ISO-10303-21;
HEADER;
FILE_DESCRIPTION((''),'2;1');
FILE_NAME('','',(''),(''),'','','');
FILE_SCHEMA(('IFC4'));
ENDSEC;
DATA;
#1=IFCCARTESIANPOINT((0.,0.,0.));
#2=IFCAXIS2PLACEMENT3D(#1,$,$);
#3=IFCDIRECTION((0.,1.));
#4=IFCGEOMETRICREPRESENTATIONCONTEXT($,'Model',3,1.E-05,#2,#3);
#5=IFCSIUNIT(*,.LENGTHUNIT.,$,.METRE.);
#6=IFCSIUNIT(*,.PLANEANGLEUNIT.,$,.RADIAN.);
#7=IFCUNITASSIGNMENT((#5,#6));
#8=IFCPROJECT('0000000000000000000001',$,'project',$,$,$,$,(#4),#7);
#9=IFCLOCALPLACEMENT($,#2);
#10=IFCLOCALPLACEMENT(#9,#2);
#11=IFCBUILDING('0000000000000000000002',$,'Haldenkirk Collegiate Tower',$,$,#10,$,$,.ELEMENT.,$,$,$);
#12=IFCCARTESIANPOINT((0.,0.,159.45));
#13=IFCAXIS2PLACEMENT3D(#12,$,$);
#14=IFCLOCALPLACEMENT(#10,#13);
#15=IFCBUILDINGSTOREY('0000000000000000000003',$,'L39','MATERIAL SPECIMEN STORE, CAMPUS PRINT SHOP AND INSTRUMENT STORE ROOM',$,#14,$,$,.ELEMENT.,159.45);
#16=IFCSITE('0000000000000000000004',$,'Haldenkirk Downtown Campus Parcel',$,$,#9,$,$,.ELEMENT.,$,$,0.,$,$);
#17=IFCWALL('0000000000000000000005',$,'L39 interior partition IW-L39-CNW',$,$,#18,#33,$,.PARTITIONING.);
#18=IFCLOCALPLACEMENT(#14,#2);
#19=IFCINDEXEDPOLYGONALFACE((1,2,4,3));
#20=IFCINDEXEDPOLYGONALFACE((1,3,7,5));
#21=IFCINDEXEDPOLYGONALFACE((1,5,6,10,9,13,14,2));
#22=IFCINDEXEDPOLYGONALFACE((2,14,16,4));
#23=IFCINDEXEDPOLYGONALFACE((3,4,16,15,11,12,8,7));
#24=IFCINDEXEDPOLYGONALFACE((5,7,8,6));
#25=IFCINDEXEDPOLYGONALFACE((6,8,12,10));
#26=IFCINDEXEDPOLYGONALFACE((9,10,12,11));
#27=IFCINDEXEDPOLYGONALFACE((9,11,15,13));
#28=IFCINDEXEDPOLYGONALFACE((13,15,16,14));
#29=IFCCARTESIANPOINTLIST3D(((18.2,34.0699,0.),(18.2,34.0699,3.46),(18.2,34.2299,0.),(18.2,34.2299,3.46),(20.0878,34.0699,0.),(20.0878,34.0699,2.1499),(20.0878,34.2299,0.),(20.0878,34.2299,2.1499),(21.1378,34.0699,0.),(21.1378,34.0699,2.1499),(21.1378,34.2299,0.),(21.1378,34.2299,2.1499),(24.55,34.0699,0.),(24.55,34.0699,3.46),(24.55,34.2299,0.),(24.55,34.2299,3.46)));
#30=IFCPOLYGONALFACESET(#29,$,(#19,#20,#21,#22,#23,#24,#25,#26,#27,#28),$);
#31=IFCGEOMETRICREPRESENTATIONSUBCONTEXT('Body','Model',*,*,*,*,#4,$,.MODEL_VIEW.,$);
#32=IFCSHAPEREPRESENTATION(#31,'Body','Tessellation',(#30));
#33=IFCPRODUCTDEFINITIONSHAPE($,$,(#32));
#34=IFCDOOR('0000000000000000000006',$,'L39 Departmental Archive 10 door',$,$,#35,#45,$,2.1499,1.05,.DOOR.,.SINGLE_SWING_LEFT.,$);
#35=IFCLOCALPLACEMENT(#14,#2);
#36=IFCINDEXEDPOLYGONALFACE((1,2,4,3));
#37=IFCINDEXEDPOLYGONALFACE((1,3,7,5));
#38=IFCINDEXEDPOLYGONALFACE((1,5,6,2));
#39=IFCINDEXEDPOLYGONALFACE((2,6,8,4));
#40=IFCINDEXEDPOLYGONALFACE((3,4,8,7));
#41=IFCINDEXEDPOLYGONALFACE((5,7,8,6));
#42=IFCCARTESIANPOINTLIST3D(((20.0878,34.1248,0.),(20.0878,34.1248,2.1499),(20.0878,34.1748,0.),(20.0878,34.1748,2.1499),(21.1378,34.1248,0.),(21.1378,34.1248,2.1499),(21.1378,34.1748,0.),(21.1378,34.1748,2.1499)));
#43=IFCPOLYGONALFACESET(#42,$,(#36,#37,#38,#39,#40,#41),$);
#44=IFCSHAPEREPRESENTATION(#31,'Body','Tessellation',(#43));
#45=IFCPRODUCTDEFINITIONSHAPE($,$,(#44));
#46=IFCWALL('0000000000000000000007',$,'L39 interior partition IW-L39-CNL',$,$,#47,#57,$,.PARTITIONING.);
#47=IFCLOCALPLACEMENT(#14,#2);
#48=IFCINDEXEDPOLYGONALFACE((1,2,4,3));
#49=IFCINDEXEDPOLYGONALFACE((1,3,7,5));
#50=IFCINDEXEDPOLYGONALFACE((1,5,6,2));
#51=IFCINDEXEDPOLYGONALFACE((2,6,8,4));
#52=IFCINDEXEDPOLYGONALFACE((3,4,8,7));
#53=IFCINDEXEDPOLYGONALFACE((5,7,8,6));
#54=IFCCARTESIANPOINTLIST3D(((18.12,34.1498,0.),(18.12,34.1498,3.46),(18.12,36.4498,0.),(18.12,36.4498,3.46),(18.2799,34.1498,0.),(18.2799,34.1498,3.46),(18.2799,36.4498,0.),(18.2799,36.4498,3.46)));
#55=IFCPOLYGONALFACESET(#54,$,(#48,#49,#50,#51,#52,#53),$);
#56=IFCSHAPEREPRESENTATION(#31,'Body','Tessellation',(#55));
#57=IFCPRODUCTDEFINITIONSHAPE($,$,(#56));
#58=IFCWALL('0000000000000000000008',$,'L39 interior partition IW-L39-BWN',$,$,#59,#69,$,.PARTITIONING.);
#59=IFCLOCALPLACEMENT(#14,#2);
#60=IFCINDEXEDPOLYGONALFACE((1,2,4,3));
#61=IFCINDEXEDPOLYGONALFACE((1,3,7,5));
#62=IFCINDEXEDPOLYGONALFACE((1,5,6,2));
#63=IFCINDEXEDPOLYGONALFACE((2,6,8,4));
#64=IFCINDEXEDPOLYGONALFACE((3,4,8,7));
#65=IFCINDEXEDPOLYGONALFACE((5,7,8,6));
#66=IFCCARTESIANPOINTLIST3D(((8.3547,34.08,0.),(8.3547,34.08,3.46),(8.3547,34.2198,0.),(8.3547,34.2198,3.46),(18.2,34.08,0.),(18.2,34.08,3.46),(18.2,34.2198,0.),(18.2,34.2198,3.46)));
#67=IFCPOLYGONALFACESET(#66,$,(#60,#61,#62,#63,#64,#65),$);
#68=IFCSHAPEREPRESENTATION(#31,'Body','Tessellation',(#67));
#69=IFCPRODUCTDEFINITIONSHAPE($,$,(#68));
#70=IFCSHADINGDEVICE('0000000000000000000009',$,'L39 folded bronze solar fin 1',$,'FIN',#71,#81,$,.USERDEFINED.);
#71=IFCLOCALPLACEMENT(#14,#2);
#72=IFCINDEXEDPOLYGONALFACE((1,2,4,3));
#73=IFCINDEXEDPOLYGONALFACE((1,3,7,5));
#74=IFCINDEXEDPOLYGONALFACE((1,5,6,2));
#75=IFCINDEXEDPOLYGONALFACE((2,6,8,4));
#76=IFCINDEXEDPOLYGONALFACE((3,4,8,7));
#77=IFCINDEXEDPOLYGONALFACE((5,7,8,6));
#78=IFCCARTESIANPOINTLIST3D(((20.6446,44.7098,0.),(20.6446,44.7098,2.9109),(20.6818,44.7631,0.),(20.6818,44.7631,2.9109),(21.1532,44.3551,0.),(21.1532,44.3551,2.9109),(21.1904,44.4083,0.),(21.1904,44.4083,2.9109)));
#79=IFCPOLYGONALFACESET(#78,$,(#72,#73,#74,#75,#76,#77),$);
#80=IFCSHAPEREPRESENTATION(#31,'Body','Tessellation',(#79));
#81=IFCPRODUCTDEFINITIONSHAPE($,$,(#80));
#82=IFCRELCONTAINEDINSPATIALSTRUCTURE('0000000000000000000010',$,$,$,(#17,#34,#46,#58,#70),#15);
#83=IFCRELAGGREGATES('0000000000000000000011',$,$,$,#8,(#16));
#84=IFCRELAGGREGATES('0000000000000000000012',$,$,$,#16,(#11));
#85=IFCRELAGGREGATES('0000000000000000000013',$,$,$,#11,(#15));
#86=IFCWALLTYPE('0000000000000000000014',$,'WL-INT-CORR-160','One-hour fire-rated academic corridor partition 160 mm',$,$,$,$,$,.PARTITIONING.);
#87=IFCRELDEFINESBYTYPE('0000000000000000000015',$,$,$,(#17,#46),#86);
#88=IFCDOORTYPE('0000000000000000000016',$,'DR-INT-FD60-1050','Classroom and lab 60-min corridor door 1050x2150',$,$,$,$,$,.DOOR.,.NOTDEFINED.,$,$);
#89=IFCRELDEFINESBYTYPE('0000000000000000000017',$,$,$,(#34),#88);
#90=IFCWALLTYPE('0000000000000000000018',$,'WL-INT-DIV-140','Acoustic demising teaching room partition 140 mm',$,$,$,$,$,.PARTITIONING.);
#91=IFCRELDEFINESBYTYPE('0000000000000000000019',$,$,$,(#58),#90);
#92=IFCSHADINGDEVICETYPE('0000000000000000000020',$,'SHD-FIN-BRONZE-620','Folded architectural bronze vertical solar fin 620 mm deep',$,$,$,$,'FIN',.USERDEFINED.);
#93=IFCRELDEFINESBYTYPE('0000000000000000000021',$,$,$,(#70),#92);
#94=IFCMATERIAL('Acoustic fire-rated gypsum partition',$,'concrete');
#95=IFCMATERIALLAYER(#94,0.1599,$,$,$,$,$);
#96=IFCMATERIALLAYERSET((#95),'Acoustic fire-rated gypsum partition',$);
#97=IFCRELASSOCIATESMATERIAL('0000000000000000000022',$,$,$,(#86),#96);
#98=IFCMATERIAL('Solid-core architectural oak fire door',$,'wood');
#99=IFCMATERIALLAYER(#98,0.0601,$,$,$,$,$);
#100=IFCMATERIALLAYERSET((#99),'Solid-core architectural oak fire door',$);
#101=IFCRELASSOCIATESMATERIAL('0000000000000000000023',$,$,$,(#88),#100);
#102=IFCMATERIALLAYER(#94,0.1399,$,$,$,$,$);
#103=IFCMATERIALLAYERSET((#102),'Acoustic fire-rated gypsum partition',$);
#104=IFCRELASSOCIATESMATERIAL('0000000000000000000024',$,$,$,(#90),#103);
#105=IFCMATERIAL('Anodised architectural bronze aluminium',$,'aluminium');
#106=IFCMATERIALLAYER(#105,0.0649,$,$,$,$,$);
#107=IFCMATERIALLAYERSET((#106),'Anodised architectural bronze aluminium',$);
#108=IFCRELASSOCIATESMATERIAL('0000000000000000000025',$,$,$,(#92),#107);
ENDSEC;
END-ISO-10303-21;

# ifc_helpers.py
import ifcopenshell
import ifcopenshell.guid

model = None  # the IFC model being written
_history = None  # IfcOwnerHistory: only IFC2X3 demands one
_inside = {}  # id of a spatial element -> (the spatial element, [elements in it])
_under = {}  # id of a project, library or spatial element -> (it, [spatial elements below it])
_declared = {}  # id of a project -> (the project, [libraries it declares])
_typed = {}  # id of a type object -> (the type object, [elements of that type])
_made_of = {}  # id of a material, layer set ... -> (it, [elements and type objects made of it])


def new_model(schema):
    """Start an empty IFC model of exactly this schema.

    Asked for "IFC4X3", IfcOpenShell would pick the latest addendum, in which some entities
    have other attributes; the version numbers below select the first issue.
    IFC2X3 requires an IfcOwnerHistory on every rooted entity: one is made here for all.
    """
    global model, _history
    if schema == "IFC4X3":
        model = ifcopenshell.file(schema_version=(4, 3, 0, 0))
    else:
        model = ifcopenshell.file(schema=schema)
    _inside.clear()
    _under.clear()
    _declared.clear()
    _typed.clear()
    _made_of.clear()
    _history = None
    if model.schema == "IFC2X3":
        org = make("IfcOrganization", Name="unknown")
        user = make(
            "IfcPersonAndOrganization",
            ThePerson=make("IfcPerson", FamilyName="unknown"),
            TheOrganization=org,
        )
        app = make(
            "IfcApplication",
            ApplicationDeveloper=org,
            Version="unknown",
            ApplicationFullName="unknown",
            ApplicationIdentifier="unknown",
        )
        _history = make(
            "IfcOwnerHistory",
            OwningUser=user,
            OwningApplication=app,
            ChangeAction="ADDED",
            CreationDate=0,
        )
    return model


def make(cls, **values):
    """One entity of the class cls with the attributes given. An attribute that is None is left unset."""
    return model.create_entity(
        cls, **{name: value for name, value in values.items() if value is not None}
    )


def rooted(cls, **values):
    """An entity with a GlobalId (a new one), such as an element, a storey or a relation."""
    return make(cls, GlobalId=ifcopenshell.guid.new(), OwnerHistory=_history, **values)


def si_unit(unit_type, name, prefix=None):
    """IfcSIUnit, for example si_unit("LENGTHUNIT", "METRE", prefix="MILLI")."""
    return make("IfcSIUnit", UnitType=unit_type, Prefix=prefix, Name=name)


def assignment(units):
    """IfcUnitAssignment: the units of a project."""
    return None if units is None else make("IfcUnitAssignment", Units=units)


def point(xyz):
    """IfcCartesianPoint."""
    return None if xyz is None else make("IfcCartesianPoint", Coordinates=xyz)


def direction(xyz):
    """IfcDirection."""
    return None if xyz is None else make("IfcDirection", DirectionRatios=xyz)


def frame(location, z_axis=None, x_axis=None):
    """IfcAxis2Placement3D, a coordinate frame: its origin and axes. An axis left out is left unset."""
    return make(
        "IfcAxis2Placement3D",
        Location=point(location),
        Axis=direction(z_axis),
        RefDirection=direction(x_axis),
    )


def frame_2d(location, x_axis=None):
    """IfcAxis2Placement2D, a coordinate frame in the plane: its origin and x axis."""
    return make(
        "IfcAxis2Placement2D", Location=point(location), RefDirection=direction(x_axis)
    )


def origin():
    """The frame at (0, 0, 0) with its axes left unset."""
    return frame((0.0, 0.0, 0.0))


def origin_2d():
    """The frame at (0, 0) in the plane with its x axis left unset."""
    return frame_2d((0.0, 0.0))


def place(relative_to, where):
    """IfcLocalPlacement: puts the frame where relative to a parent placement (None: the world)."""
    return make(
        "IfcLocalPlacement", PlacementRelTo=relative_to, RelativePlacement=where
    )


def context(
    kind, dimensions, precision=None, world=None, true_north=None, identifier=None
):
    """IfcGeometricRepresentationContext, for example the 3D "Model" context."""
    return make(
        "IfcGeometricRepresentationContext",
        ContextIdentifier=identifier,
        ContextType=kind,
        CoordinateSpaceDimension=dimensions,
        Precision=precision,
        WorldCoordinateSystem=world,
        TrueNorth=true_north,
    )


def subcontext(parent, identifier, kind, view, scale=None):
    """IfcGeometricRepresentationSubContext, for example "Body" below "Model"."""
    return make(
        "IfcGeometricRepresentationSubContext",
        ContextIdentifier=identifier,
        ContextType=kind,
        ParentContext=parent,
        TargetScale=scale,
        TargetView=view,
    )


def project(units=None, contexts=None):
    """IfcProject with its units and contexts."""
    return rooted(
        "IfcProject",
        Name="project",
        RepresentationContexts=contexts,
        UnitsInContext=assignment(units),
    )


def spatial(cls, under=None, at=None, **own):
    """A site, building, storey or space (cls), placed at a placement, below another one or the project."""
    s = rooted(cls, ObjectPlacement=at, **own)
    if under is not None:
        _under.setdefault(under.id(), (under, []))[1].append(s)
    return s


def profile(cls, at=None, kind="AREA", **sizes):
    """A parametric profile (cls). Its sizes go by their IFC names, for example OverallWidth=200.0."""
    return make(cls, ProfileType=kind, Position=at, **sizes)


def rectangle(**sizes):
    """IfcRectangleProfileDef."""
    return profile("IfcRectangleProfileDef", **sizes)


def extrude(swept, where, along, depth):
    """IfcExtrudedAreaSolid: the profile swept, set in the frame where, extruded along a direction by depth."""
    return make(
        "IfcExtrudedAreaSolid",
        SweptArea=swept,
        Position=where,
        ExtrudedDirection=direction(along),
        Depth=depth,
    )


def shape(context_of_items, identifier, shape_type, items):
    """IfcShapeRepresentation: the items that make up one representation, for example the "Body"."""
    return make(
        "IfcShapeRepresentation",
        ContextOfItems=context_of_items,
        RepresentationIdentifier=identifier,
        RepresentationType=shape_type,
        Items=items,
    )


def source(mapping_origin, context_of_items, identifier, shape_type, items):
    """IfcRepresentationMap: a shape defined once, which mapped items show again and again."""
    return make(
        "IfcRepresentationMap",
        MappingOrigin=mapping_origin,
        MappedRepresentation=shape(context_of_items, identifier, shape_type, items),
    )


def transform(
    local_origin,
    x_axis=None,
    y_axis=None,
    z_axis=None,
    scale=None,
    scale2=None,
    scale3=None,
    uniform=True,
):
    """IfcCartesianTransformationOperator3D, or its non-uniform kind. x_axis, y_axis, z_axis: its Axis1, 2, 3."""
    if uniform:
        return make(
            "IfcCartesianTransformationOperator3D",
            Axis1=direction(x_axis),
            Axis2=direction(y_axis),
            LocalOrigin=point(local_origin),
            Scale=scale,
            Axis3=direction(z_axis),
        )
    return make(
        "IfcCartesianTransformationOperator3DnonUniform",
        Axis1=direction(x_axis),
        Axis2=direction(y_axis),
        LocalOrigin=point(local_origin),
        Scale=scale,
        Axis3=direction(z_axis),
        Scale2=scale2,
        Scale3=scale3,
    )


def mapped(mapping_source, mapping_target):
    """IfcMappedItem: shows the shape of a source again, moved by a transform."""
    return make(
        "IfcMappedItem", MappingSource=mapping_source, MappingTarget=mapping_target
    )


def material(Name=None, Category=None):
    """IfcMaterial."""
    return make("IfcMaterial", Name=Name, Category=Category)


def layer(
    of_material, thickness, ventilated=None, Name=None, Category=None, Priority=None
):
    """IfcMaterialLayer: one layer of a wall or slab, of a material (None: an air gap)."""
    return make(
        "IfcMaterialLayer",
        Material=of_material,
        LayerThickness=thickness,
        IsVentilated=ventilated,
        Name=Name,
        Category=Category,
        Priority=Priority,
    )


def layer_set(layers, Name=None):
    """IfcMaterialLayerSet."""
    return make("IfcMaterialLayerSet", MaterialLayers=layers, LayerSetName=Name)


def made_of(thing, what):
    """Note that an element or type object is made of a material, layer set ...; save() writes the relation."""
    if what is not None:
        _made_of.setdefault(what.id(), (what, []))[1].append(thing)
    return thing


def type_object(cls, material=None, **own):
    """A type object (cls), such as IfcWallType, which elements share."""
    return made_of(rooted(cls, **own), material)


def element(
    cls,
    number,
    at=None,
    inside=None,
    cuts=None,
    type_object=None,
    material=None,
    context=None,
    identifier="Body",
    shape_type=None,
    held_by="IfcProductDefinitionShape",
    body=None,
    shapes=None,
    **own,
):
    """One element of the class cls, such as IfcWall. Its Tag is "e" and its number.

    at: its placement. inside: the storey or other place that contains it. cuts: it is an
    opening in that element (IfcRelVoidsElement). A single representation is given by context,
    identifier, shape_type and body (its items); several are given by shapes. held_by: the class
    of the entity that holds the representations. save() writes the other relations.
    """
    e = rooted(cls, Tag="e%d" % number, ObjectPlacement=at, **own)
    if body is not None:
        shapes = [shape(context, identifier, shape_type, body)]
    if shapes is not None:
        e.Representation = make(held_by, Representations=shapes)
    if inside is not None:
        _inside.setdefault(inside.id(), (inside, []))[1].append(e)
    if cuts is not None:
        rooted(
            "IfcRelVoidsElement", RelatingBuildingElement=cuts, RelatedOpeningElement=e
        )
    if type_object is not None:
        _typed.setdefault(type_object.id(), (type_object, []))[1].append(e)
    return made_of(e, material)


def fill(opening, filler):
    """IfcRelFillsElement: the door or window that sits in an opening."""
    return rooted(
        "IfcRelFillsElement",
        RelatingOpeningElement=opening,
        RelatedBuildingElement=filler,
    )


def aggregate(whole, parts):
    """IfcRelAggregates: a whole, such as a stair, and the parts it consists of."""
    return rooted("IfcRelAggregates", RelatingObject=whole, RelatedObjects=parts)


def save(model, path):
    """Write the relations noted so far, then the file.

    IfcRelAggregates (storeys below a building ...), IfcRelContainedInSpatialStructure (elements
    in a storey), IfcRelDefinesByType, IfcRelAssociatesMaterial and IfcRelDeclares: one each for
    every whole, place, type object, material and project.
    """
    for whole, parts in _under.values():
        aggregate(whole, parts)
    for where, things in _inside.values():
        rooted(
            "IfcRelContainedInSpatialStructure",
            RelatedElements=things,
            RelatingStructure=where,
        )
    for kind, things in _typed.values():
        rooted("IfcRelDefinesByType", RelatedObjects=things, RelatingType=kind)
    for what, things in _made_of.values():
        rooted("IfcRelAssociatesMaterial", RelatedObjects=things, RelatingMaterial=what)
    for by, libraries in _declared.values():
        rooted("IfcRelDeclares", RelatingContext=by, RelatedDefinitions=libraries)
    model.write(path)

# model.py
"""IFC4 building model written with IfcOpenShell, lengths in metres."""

from ifc_helpers import new_model, si_unit, direction, frame, frame_2d, origin, origin_2d, place, context, subcontext, project, spatial, rectangle, extrude, source, transform, mapped, material, layer, layer_set, type_object, element, fill, save


model = new_model("IFC4")

# Units and contexts
model_context = context("Model", 3, precision=1e-05, world=origin(), true_north=direction((0.0, 1.0)))
body_context = subcontext(model_context, "Body", "Model", "MODEL_VIEW")
ifc_project = project(units=[si_unit("LENGTHUNIT", "METRE"), si_unit("PLANEANGLEUNIT", "RADIAN")], contexts=[model_context])

# Site, building, storey
site_placement = place(None, origin())
site = spatial("IfcSite", under=ifc_project, at=site_placement, Name="Haldenkirk Downtown Campus Parcel", CompositionType="ELEMENT", RefElevation=0.0)
building_placement = place(site_placement, origin())
building = spatial("IfcBuilding", under=site, at=building_placement, Name="Haldenkirk Collegiate Tower", CompositionType="ELEMENT")
storey_placement = place(building_placement, frame((0.0, 0.0, 159.45)))
storey = spatial("IfcBuildingStorey", under=building, at=storey_placement, Name="L39", Description="MATERIAL SPECIMEN STORE, CAMPUS PRINT SHOP AND INSTRUMENT STORE ROOM", CompositionType="ELEMENT", Elevation=159.45)

# Shared definitions
ifc_material_1 = material(Name="Anodised architectural bronze aluminium", Category="aluminium")

# Shared definitions
ifc_material_2 = material(Name="Acoustic fire-rated gypsum partition", Category="concrete")
ifc_layer_1 = layer(ifc_material_2, 0.1599)
ifc_layer_set_1 = layer_set([ifc_layer_1], Name="Acoustic fire-rated gypsum partition")
wall_type_1 = type_object("IfcWallType", Name="WL-INT-CORR-160", Description="One-hour fire-rated academic corridor partition 160 mm", PredefinedType="PARTITIONING", material=ifc_layer_set_1)
ifc_material_3 = material(Name="Solid-core architectural oak fire door", Category="wood")
ifc_layer_2 = layer(ifc_material_3, 0.0601)
ifc_layer_set_2 = layer_set([ifc_layer_2], Name="Solid-core architectural oak fire door")
door_type_1 = type_object("IfcDoorType", Name="DR-INT-FD60-1050", Description="Classroom and lab 60-min corridor door 1050x2150", OperationType="NOTDEFINED", PredefinedType="DOOR", material=ifc_layer_set_2)

# Wall, opening, door
wall_1_placement = place(storey_placement, frame((18.2, 34.1499, 0.0), z_axis=(0.0, 0.0, 1.0), x_axis=(1.0, 0.0, 0.0)))
wall_1 = element("IfcWall", 1, at=wall_1_placement, inside=storey, type_object=wall_type_1, Name="L39 interior partition IW-L39-CNW", PredefinedType="PARTITIONING", context=body_context, shape_type="SweptSolid", body=[
    extrude(rectangle(XDim=6.3501, YDim=0.1599, at=frame_2d((3.175, 0.0))), origin(), (0.0, 0.0, 1.0), 3.46),
])
opening_1_placement = place(wall_1_placement, frame((1.8879, 0.0, 0.0)))
opening_1 = element("IfcOpeningElement", 2, at=opening_1_placement, cuts=wall_1, PredefinedType="OPENING", context=body_context, shape_type="SweptSolid", body=[
    extrude(rectangle(XDim=1.05, YDim=2.1499, at=frame_2d((0.5249, 1.075))), frame((0.0, 0.0898, 0.0), z_axis=(0.0, -1.0, 0.0), x_axis=(1.0, 0.0, 0.0)), (0.0, 0.0, 1.0), 0.1799),
])
door_1_placement = place(opening_1_placement, origin())
door_1 = element("IfcDoor", 3, at=door_1_placement, inside=storey, type_object=door_type_1, Name="L39 Departmental Archive 10 door", OperationType="SINGLE_SWING_LEFT", OverallHeight=2.1499, OverallWidth=1.05, PredefinedType="DOOR", context=body_context, shape_type="SweptSolid", body=[
    extrude(rectangle(XDim=1.05, YDim=2.1499, at=frame_2d((0.5249, 1.075))), frame((0.0, 0.0249, 0.0), z_axis=(0.0, -1.0, 0.0), x_axis=(1.0, 0.0, 0.0)), (0.0, 0.0, 1.0), 0.05),
])
fill(opening_1, door_1)

# Walls
wall_2_placement = place(storey_placement, frame((18.2, 34.1499, 0.0), z_axis=(0.0, 0.0, 1.0), x_axis=(0.0, 1.0, 0.0)))
element("IfcWall", 4, at=wall_2_placement, inside=storey, type_object=wall_type_1, Name="L39 interior partition IW-L39-CNL", PredefinedType="PARTITIONING", context=body_context, shape_type="SweptSolid", body=[
    extrude(rectangle(XDim=2.3, YDim=0.1599, at=frame_2d((1.1499, 0.0))), origin(), (0.0, 0.0, 1.0), 3.46),
])
ifc_layer_3 = layer(ifc_material_2, 0.1399)
ifc_layer_set_3 = layer_set([ifc_layer_3], Name="Acoustic fire-rated gypsum partition")
wall_type_2 = type_object("IfcWallType", Name="WL-INT-DIV-140", Description="Acoustic demising teaching room partition 140 mm", PredefinedType="PARTITIONING", material=ifc_layer_set_3)
wall_3_placement = place(storey_placement, frame((8.3547, 34.1499, 0.0), z_axis=(0.0, 0.0, 1.0), x_axis=(1.0, 0.0, 0.0)))
element("IfcWall", 5, at=wall_3_placement, inside=storey, type_object=wall_type_2, Name="L39 interior partition IW-L39-BWN", PredefinedType="PARTITIONING", context=body_context, shape_type="SweptSolid", body=[
    extrude(rectangle(XDim=9.8452, YDim=0.1399, at=frame_2d((4.9226, 0.0))), origin(), (0.0, 0.0, 1.0), 3.46),
])

# Shading device
ifc_layer_4 = layer(ifc_material_1, 0.0649)
ifc_layer_set_4 = layer_set([ifc_layer_4], Name="Anodised architectural bronze aluminium")
shading_device_type = type_object("IfcShadingDeviceType", Name="SHD-FIN-BRONZE-620", Description="Folded architectural bronze vertical solar fin 620 mm deep", ElementType="FIN", PredefinedType="USERDEFINED", material=ifc_layer_set_4)
shared_shape_1 = source(origin(), body_context, "Body", "SweptSolid", [
    extrude(rectangle(XDim=0.6201, YDim=0.0649, at=origin_2d()), origin(), (0.0, 0.0, 1.0), 2.9109),
])
shading_device_placement = place(storey_placement, frame((20.9175, 44.5591, 0.0), z_axis=(0.0, 0.0, 1.0), x_axis=(-0.820152, 0.572146, 0.0)))
element("IfcShadingDevice", 6, at=shading_device_placement, inside=storey, type_object=shading_device_type, Name="L39 folded bronze solar fin 1", ObjectType="FIN", PredefinedType="USERDEFINED", context=body_context, shape_type="MappedRepresentation", body=[
    mapped(shared_shape_1, transform((0.0, 0.0, 0.0), x_axis=(1.0, 0.0, 0.0), y_axis=(0.0, 1.0, 0.0), z_axis=(0.0, 0.0, 1.0), scale=1.0)),
])

save(model, "model.ifc")
